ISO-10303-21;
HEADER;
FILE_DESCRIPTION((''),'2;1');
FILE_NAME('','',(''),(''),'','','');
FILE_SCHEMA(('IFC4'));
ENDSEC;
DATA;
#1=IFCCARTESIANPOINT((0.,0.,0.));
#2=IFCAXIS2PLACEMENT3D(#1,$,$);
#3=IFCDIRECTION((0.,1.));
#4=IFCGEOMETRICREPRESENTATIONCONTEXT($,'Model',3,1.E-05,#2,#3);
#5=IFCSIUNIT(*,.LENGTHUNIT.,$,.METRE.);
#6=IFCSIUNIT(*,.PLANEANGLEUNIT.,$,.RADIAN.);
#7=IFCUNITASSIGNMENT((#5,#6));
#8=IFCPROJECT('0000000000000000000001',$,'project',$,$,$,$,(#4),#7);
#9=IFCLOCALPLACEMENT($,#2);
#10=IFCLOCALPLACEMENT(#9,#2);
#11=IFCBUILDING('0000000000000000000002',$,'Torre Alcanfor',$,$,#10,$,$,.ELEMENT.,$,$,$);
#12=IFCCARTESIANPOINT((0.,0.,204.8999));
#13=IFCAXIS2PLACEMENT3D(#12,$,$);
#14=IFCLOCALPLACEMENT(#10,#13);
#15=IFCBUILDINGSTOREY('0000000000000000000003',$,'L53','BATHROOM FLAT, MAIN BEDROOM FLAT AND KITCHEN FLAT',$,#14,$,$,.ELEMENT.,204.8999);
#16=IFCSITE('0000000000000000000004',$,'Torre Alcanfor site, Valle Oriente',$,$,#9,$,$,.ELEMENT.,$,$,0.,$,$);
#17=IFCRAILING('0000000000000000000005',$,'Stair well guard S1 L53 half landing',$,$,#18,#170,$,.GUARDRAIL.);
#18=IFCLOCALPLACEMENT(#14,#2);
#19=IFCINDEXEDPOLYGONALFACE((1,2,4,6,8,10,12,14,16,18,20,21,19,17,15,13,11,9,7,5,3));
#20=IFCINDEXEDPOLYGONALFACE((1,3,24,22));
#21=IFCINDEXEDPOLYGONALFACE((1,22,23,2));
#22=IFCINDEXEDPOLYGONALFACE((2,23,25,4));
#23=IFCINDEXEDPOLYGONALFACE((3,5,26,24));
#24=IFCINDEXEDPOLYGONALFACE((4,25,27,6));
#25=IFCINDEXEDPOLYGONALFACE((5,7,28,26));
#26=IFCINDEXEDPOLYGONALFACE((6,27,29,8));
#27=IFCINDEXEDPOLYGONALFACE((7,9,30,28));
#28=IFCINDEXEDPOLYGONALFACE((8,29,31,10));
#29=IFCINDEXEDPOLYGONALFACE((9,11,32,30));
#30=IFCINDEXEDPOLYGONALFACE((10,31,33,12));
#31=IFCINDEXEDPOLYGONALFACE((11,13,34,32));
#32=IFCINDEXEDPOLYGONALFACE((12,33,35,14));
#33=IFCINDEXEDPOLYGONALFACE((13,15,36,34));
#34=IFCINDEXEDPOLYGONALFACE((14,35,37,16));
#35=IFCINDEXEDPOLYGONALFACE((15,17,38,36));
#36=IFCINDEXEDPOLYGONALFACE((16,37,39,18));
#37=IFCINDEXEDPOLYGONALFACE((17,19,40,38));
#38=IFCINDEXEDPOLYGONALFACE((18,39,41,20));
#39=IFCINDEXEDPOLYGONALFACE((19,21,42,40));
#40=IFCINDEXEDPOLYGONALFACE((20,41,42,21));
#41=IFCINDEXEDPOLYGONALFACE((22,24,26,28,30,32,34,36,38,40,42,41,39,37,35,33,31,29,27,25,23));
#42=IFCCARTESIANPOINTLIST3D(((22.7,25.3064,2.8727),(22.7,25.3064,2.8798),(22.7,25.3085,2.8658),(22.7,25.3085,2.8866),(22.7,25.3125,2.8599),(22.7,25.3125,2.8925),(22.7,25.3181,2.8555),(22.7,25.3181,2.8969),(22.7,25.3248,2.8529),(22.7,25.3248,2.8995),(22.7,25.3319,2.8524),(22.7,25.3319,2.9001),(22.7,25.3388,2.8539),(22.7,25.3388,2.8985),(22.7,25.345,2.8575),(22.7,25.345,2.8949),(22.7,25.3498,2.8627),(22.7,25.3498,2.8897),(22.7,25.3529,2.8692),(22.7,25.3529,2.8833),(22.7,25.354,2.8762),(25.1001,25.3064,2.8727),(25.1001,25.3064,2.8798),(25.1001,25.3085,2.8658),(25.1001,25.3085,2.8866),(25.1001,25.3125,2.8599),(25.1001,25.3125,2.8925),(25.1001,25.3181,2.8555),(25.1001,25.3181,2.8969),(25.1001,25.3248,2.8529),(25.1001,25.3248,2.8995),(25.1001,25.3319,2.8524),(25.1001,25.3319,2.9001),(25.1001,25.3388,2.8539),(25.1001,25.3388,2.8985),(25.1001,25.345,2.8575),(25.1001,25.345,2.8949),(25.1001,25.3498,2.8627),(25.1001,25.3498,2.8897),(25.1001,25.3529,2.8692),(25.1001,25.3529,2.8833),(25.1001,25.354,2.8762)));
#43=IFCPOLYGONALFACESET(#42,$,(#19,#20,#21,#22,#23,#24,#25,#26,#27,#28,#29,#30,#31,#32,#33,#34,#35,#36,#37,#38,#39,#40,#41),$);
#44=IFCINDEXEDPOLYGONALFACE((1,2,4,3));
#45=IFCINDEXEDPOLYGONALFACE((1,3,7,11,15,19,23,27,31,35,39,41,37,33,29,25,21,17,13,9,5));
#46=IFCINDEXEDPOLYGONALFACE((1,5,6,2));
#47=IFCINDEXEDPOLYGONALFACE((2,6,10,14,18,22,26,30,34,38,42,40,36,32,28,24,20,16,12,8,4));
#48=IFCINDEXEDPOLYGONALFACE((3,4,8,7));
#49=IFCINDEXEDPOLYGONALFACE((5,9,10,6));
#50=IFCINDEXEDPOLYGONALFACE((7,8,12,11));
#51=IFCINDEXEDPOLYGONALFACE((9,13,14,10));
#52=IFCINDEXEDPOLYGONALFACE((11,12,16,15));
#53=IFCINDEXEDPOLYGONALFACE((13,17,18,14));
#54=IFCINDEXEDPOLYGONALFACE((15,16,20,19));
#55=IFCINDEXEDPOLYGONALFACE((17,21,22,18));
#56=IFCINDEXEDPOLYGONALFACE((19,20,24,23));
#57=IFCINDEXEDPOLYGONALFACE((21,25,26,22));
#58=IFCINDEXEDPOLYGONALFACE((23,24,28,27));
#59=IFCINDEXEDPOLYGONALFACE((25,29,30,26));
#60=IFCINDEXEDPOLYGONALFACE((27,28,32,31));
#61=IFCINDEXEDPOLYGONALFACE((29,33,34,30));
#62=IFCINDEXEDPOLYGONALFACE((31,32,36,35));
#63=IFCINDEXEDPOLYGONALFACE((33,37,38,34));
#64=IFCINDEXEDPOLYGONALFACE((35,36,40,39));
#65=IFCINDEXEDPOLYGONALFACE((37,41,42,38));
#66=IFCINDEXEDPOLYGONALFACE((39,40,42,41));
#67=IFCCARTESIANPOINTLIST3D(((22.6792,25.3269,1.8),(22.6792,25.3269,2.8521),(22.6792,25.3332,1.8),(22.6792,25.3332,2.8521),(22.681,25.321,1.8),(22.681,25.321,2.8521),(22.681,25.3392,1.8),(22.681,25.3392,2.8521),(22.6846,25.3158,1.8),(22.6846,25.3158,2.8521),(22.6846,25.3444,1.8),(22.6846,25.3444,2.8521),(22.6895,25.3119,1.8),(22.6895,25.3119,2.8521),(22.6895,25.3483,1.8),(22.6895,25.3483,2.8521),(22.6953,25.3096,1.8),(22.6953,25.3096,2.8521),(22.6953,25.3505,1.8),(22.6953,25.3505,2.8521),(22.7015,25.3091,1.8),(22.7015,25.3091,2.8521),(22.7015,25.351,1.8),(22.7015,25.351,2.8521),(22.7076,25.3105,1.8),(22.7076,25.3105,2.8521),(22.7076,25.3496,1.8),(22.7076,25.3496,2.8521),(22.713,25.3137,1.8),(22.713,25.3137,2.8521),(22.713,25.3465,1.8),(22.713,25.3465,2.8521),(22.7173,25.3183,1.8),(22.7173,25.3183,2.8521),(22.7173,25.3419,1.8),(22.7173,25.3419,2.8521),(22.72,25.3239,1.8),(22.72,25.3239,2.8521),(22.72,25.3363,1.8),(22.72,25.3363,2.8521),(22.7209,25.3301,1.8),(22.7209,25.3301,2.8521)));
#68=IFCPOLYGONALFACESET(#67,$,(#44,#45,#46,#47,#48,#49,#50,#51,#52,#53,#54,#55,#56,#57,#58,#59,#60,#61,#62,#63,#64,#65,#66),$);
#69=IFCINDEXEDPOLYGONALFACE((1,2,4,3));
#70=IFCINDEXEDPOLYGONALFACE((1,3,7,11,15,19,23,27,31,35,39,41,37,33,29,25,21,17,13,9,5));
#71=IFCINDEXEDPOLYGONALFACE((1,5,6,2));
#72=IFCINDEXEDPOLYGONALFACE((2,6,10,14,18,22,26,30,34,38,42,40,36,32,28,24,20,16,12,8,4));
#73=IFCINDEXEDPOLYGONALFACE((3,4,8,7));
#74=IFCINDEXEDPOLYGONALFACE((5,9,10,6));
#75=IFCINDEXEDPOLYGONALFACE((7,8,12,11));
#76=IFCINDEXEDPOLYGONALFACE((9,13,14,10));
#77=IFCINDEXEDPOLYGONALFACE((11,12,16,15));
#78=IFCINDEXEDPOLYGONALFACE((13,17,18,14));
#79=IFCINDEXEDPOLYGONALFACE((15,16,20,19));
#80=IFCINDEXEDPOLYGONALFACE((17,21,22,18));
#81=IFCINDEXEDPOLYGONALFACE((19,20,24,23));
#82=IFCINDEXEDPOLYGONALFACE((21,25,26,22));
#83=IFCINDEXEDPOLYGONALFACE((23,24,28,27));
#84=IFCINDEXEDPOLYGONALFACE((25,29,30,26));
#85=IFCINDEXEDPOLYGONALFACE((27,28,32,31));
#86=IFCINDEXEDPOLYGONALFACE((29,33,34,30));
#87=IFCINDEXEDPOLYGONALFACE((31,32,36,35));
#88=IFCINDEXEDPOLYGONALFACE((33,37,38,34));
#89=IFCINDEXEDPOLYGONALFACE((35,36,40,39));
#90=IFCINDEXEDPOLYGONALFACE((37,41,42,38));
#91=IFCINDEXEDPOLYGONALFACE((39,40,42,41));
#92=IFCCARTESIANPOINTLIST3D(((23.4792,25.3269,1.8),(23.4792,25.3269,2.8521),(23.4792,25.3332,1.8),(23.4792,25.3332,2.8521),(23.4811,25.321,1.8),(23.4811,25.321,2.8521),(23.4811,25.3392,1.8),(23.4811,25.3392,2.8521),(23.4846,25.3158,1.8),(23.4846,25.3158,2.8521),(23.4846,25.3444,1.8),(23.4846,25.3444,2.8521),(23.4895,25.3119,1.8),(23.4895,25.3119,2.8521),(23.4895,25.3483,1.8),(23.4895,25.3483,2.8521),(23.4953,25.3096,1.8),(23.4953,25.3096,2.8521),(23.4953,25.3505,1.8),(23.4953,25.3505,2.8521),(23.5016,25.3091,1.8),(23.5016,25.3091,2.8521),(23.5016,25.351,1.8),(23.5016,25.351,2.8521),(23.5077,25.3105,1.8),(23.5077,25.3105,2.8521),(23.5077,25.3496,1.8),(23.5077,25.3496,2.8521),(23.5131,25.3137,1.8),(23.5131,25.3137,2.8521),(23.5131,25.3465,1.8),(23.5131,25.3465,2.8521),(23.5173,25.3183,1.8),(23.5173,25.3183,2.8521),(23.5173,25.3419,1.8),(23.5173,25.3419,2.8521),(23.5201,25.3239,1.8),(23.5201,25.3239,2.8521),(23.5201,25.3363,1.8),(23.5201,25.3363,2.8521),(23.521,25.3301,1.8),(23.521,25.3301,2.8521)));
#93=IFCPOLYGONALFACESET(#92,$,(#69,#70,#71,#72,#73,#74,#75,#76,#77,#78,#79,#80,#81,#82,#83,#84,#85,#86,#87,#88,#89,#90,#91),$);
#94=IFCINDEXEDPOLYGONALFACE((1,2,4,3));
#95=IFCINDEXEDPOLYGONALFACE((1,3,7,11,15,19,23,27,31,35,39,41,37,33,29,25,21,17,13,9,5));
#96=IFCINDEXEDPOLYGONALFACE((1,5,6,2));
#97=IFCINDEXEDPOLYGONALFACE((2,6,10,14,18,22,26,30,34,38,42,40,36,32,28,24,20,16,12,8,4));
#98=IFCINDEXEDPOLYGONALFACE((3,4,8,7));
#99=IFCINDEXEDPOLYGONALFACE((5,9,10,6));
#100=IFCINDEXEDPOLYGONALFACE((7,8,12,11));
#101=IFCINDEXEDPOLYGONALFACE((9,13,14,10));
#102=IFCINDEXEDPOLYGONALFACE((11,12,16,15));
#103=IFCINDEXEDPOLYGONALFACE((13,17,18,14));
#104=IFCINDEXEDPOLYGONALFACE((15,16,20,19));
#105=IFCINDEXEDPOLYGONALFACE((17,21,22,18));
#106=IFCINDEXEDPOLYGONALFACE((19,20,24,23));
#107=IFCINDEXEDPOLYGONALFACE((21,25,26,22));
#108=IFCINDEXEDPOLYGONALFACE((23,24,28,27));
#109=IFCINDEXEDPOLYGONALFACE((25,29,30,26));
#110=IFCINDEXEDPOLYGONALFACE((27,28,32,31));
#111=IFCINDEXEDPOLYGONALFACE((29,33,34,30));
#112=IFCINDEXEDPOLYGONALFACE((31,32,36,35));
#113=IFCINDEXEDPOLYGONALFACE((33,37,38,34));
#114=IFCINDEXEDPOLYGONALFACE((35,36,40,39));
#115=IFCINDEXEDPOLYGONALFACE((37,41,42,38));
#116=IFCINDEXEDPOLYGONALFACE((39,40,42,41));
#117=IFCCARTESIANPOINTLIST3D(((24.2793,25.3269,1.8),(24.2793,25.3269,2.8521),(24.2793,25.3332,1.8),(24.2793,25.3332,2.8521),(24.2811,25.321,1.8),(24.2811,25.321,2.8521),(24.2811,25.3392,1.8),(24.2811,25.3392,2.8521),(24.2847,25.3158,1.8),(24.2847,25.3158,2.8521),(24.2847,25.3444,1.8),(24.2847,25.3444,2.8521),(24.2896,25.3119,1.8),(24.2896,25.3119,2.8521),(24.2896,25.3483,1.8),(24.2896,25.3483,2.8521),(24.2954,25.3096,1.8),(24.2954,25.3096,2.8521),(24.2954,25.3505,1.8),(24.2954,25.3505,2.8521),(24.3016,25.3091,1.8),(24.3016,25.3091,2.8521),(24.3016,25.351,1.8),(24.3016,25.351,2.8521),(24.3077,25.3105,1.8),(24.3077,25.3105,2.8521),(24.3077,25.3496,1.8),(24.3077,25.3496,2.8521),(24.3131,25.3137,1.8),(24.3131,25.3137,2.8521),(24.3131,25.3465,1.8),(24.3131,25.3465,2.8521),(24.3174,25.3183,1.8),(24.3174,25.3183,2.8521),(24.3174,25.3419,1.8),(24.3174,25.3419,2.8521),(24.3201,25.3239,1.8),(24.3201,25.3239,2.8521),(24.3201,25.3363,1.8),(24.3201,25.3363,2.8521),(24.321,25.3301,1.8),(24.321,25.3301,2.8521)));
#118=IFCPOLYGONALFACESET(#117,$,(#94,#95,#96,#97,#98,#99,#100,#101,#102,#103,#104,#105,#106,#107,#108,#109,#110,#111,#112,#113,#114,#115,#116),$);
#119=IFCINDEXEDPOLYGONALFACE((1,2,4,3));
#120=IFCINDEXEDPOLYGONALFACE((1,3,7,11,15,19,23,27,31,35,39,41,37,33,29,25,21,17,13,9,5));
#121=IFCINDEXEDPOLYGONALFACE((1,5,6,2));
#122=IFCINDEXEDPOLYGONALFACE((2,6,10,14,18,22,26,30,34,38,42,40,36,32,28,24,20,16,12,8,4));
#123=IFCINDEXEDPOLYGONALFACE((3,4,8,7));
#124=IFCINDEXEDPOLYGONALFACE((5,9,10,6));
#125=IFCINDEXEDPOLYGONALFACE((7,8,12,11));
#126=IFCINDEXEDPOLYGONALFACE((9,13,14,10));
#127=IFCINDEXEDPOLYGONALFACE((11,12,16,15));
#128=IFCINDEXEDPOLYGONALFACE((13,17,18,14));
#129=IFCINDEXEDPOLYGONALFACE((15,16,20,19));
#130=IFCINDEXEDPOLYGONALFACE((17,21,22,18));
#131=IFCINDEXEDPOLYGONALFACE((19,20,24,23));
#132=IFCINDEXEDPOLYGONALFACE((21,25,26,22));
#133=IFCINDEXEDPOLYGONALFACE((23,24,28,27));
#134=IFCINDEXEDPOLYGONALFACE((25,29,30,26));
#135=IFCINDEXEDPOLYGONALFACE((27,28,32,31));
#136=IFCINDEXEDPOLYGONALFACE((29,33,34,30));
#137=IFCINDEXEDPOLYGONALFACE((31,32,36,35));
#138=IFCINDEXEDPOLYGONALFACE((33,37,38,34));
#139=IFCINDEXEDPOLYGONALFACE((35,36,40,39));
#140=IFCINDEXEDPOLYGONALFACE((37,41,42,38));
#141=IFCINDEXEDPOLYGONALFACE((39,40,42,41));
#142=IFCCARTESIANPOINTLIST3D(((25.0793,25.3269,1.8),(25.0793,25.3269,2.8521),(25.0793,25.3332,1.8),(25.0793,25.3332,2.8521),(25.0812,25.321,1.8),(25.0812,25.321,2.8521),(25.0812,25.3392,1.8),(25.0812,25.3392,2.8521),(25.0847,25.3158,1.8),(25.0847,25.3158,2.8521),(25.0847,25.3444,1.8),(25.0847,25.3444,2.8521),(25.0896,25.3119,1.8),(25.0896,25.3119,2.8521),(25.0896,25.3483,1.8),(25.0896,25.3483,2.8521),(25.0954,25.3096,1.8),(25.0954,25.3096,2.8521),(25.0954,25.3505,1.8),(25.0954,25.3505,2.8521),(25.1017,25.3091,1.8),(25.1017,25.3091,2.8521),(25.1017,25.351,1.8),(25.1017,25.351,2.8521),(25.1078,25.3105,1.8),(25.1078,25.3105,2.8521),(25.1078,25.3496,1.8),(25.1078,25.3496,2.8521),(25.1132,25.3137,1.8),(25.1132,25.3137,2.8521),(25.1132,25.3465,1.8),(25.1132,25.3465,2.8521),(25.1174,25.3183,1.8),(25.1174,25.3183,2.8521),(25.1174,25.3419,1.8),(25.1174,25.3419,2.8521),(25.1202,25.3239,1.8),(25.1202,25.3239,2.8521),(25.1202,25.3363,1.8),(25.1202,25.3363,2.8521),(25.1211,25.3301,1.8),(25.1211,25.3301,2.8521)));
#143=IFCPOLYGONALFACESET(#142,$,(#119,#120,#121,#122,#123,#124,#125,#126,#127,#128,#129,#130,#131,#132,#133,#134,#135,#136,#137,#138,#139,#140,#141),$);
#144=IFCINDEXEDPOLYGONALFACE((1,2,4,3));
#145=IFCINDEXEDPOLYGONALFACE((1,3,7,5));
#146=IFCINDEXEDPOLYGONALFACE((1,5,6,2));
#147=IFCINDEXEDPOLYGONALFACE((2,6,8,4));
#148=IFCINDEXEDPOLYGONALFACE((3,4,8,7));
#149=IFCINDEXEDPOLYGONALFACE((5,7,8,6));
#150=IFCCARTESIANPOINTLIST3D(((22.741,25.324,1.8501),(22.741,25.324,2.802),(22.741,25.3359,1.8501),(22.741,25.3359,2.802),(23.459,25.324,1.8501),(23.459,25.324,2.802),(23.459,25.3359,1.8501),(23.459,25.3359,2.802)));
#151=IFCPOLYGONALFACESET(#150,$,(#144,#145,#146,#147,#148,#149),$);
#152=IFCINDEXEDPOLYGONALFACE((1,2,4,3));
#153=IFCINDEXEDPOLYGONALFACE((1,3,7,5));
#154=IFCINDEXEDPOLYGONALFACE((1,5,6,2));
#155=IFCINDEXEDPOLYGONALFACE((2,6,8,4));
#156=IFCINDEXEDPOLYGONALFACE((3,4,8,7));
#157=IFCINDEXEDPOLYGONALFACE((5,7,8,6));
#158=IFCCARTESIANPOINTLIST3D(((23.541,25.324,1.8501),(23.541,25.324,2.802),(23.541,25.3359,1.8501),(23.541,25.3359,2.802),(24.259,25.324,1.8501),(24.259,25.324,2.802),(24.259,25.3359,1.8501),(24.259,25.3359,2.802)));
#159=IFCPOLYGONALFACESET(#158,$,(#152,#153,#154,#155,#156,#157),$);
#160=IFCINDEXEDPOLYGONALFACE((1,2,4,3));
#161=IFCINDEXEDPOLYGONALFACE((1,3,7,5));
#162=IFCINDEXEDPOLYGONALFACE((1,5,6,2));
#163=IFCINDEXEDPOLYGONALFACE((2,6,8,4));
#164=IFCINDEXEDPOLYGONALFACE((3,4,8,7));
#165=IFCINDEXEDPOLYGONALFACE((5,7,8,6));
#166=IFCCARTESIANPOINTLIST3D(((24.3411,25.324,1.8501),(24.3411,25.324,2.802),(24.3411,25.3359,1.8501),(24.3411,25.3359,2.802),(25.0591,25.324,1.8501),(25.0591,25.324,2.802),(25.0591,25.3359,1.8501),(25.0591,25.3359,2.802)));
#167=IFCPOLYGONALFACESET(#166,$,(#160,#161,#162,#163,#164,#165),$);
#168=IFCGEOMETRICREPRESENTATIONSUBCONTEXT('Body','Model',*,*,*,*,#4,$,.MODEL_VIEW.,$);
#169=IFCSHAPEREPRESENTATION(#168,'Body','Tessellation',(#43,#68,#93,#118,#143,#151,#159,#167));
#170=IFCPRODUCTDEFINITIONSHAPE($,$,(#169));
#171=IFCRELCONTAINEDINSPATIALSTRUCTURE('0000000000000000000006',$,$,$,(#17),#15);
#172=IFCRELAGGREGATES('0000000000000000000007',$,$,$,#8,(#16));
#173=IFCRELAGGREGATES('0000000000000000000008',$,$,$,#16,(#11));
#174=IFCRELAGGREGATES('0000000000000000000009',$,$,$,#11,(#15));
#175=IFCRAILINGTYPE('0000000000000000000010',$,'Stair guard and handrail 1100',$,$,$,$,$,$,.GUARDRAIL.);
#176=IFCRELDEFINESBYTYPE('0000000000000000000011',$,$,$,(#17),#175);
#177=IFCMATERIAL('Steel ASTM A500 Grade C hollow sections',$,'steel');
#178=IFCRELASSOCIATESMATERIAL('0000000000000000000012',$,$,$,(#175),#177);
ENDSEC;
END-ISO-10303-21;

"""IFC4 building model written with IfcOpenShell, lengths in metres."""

from ifc_helpers import new_model, si_unit, direction, frame, origin, origin_2d, place, context, subcontext, project, spatial, polyline, circle, outline, extrude, material, type_object, element, save


model = new_model("IFC4")

# Units and contexts
model_context = context("Model", 3, precision=1e-05, world=origin(), true_north=direction((0.0, 1.0)))
body_context = subcontext(model_context, "Body", "Model", "MODEL_VIEW")
ifc_project = project(units=[si_unit("LENGTHUNIT", "METRE"), si_unit("PLANEANGLEUNIT", "RADIAN")], contexts=[model_context])

# Site, building, storey
site_placement = place(None, origin())
site = spatial("IfcSite", under=ifc_project, at=site_placement, Name="Torre Alcanfor site, Valle Oriente", CompositionType="ELEMENT", RefElevation=0.0)
building_placement = place(site_placement, origin())
building = spatial("IfcBuilding", under=site, at=building_placement, Name="Torre Alcanfor", CompositionType="ELEMENT")
storey_placement = place(building_placement, frame((0.0, 0.0, 204.8999)))
storey = spatial("IfcBuildingStorey", under=building, at=storey_placement, Name="L53", Description="BATHROOM FLAT, MAIN BEDROOM FLAT AND KITCHEN FLAT", CompositionType="ELEMENT", Elevation=204.8999)

# Railing
ifc_material_1 = material(Name="Steel ASTM A500 Grade C hollow sections", Category="steel")
railing_type_1 = type_object("IfcRailingType", Name="Stair guard and handrail 1100", PredefinedType="GUARDRAIL", material=ifc_material_1)
for number, where, name in (
    (1, (22.7, 25.3301, 1.8), "Stair well guard S1 L53 half landing"),
):
    element("IfcRailing", number, at=place(storey_placement, frame(where)), inside=storey, type_object=railing_type_1, Name=name, PredefinedType="GUARDRAIL", context=body_context, shape_type="SweptSolid", body=[
        extrude(circle(Radius=0.0239, at=origin_2d()), frame((0.0, 0.0, 1.0762), z_axis=(1.0, 0.0, 0.0), x_axis=(0.0, 1.0, 0.0)), (0.0, 0.0, 1.0), 2.4001),
        extrude(circle(Radius=0.021, at=origin_2d()), origin(), (0.0, 0.0, 1.0), 1.052),
        extrude(circle(Radius=0.021, at=origin_2d()), frame((0.8, 0.0, 0.0)), (0.0, 0.0, 1.0), 1.052),
        extrude(circle(Radius=0.021, at=origin_2d()), frame((1.6001, 0.0, 0.0)), (0.0, 0.0, 1.0), 1.052),
        extrude(circle(Radius=0.021, at=origin_2d()), frame((2.4001, 0.0, 0.0)), (0.0, 0.0, 1.0), 1.052),
        extrude(outline(polyline([(0.041, 0.05), (0.759, 0.05), (0.759, 1.002), (0.041, 1.002), (0.041, 0.05)])), frame((0.0, 0.0059, 0.0), z_axis=(0.0, -1.0, 0.0), x_axis=(1.0, 0.0, 0.0)), (0.0, 0.0, 1.0), 0.012),
        extrude(outline(polyline([(0.8411, 0.05), (1.5591, 0.05), (1.5591, 1.002), (0.8411, 1.002), (0.8411, 0.05)])), frame((0.0, 0.0059, 0.0), z_axis=(0.0, -1.0, 0.0), x_axis=(1.0, 0.0, 0.0)), (0.0, 0.0, 1.0), 0.012),
        extrude(outline(polyline([(1.6411, 0.05), (2.3591, 0.05), (2.3591, 1.002), (1.6411, 1.002), (1.6411, 0.05)])), frame((0.0, 0.0059, 0.0), z_axis=(0.0, -1.0, 0.0), x_axis=(1.0, 0.0, 0.0)), (0.0, 0.0, 1.0), 0.012),
    ])

save(model, "model.ifc")
